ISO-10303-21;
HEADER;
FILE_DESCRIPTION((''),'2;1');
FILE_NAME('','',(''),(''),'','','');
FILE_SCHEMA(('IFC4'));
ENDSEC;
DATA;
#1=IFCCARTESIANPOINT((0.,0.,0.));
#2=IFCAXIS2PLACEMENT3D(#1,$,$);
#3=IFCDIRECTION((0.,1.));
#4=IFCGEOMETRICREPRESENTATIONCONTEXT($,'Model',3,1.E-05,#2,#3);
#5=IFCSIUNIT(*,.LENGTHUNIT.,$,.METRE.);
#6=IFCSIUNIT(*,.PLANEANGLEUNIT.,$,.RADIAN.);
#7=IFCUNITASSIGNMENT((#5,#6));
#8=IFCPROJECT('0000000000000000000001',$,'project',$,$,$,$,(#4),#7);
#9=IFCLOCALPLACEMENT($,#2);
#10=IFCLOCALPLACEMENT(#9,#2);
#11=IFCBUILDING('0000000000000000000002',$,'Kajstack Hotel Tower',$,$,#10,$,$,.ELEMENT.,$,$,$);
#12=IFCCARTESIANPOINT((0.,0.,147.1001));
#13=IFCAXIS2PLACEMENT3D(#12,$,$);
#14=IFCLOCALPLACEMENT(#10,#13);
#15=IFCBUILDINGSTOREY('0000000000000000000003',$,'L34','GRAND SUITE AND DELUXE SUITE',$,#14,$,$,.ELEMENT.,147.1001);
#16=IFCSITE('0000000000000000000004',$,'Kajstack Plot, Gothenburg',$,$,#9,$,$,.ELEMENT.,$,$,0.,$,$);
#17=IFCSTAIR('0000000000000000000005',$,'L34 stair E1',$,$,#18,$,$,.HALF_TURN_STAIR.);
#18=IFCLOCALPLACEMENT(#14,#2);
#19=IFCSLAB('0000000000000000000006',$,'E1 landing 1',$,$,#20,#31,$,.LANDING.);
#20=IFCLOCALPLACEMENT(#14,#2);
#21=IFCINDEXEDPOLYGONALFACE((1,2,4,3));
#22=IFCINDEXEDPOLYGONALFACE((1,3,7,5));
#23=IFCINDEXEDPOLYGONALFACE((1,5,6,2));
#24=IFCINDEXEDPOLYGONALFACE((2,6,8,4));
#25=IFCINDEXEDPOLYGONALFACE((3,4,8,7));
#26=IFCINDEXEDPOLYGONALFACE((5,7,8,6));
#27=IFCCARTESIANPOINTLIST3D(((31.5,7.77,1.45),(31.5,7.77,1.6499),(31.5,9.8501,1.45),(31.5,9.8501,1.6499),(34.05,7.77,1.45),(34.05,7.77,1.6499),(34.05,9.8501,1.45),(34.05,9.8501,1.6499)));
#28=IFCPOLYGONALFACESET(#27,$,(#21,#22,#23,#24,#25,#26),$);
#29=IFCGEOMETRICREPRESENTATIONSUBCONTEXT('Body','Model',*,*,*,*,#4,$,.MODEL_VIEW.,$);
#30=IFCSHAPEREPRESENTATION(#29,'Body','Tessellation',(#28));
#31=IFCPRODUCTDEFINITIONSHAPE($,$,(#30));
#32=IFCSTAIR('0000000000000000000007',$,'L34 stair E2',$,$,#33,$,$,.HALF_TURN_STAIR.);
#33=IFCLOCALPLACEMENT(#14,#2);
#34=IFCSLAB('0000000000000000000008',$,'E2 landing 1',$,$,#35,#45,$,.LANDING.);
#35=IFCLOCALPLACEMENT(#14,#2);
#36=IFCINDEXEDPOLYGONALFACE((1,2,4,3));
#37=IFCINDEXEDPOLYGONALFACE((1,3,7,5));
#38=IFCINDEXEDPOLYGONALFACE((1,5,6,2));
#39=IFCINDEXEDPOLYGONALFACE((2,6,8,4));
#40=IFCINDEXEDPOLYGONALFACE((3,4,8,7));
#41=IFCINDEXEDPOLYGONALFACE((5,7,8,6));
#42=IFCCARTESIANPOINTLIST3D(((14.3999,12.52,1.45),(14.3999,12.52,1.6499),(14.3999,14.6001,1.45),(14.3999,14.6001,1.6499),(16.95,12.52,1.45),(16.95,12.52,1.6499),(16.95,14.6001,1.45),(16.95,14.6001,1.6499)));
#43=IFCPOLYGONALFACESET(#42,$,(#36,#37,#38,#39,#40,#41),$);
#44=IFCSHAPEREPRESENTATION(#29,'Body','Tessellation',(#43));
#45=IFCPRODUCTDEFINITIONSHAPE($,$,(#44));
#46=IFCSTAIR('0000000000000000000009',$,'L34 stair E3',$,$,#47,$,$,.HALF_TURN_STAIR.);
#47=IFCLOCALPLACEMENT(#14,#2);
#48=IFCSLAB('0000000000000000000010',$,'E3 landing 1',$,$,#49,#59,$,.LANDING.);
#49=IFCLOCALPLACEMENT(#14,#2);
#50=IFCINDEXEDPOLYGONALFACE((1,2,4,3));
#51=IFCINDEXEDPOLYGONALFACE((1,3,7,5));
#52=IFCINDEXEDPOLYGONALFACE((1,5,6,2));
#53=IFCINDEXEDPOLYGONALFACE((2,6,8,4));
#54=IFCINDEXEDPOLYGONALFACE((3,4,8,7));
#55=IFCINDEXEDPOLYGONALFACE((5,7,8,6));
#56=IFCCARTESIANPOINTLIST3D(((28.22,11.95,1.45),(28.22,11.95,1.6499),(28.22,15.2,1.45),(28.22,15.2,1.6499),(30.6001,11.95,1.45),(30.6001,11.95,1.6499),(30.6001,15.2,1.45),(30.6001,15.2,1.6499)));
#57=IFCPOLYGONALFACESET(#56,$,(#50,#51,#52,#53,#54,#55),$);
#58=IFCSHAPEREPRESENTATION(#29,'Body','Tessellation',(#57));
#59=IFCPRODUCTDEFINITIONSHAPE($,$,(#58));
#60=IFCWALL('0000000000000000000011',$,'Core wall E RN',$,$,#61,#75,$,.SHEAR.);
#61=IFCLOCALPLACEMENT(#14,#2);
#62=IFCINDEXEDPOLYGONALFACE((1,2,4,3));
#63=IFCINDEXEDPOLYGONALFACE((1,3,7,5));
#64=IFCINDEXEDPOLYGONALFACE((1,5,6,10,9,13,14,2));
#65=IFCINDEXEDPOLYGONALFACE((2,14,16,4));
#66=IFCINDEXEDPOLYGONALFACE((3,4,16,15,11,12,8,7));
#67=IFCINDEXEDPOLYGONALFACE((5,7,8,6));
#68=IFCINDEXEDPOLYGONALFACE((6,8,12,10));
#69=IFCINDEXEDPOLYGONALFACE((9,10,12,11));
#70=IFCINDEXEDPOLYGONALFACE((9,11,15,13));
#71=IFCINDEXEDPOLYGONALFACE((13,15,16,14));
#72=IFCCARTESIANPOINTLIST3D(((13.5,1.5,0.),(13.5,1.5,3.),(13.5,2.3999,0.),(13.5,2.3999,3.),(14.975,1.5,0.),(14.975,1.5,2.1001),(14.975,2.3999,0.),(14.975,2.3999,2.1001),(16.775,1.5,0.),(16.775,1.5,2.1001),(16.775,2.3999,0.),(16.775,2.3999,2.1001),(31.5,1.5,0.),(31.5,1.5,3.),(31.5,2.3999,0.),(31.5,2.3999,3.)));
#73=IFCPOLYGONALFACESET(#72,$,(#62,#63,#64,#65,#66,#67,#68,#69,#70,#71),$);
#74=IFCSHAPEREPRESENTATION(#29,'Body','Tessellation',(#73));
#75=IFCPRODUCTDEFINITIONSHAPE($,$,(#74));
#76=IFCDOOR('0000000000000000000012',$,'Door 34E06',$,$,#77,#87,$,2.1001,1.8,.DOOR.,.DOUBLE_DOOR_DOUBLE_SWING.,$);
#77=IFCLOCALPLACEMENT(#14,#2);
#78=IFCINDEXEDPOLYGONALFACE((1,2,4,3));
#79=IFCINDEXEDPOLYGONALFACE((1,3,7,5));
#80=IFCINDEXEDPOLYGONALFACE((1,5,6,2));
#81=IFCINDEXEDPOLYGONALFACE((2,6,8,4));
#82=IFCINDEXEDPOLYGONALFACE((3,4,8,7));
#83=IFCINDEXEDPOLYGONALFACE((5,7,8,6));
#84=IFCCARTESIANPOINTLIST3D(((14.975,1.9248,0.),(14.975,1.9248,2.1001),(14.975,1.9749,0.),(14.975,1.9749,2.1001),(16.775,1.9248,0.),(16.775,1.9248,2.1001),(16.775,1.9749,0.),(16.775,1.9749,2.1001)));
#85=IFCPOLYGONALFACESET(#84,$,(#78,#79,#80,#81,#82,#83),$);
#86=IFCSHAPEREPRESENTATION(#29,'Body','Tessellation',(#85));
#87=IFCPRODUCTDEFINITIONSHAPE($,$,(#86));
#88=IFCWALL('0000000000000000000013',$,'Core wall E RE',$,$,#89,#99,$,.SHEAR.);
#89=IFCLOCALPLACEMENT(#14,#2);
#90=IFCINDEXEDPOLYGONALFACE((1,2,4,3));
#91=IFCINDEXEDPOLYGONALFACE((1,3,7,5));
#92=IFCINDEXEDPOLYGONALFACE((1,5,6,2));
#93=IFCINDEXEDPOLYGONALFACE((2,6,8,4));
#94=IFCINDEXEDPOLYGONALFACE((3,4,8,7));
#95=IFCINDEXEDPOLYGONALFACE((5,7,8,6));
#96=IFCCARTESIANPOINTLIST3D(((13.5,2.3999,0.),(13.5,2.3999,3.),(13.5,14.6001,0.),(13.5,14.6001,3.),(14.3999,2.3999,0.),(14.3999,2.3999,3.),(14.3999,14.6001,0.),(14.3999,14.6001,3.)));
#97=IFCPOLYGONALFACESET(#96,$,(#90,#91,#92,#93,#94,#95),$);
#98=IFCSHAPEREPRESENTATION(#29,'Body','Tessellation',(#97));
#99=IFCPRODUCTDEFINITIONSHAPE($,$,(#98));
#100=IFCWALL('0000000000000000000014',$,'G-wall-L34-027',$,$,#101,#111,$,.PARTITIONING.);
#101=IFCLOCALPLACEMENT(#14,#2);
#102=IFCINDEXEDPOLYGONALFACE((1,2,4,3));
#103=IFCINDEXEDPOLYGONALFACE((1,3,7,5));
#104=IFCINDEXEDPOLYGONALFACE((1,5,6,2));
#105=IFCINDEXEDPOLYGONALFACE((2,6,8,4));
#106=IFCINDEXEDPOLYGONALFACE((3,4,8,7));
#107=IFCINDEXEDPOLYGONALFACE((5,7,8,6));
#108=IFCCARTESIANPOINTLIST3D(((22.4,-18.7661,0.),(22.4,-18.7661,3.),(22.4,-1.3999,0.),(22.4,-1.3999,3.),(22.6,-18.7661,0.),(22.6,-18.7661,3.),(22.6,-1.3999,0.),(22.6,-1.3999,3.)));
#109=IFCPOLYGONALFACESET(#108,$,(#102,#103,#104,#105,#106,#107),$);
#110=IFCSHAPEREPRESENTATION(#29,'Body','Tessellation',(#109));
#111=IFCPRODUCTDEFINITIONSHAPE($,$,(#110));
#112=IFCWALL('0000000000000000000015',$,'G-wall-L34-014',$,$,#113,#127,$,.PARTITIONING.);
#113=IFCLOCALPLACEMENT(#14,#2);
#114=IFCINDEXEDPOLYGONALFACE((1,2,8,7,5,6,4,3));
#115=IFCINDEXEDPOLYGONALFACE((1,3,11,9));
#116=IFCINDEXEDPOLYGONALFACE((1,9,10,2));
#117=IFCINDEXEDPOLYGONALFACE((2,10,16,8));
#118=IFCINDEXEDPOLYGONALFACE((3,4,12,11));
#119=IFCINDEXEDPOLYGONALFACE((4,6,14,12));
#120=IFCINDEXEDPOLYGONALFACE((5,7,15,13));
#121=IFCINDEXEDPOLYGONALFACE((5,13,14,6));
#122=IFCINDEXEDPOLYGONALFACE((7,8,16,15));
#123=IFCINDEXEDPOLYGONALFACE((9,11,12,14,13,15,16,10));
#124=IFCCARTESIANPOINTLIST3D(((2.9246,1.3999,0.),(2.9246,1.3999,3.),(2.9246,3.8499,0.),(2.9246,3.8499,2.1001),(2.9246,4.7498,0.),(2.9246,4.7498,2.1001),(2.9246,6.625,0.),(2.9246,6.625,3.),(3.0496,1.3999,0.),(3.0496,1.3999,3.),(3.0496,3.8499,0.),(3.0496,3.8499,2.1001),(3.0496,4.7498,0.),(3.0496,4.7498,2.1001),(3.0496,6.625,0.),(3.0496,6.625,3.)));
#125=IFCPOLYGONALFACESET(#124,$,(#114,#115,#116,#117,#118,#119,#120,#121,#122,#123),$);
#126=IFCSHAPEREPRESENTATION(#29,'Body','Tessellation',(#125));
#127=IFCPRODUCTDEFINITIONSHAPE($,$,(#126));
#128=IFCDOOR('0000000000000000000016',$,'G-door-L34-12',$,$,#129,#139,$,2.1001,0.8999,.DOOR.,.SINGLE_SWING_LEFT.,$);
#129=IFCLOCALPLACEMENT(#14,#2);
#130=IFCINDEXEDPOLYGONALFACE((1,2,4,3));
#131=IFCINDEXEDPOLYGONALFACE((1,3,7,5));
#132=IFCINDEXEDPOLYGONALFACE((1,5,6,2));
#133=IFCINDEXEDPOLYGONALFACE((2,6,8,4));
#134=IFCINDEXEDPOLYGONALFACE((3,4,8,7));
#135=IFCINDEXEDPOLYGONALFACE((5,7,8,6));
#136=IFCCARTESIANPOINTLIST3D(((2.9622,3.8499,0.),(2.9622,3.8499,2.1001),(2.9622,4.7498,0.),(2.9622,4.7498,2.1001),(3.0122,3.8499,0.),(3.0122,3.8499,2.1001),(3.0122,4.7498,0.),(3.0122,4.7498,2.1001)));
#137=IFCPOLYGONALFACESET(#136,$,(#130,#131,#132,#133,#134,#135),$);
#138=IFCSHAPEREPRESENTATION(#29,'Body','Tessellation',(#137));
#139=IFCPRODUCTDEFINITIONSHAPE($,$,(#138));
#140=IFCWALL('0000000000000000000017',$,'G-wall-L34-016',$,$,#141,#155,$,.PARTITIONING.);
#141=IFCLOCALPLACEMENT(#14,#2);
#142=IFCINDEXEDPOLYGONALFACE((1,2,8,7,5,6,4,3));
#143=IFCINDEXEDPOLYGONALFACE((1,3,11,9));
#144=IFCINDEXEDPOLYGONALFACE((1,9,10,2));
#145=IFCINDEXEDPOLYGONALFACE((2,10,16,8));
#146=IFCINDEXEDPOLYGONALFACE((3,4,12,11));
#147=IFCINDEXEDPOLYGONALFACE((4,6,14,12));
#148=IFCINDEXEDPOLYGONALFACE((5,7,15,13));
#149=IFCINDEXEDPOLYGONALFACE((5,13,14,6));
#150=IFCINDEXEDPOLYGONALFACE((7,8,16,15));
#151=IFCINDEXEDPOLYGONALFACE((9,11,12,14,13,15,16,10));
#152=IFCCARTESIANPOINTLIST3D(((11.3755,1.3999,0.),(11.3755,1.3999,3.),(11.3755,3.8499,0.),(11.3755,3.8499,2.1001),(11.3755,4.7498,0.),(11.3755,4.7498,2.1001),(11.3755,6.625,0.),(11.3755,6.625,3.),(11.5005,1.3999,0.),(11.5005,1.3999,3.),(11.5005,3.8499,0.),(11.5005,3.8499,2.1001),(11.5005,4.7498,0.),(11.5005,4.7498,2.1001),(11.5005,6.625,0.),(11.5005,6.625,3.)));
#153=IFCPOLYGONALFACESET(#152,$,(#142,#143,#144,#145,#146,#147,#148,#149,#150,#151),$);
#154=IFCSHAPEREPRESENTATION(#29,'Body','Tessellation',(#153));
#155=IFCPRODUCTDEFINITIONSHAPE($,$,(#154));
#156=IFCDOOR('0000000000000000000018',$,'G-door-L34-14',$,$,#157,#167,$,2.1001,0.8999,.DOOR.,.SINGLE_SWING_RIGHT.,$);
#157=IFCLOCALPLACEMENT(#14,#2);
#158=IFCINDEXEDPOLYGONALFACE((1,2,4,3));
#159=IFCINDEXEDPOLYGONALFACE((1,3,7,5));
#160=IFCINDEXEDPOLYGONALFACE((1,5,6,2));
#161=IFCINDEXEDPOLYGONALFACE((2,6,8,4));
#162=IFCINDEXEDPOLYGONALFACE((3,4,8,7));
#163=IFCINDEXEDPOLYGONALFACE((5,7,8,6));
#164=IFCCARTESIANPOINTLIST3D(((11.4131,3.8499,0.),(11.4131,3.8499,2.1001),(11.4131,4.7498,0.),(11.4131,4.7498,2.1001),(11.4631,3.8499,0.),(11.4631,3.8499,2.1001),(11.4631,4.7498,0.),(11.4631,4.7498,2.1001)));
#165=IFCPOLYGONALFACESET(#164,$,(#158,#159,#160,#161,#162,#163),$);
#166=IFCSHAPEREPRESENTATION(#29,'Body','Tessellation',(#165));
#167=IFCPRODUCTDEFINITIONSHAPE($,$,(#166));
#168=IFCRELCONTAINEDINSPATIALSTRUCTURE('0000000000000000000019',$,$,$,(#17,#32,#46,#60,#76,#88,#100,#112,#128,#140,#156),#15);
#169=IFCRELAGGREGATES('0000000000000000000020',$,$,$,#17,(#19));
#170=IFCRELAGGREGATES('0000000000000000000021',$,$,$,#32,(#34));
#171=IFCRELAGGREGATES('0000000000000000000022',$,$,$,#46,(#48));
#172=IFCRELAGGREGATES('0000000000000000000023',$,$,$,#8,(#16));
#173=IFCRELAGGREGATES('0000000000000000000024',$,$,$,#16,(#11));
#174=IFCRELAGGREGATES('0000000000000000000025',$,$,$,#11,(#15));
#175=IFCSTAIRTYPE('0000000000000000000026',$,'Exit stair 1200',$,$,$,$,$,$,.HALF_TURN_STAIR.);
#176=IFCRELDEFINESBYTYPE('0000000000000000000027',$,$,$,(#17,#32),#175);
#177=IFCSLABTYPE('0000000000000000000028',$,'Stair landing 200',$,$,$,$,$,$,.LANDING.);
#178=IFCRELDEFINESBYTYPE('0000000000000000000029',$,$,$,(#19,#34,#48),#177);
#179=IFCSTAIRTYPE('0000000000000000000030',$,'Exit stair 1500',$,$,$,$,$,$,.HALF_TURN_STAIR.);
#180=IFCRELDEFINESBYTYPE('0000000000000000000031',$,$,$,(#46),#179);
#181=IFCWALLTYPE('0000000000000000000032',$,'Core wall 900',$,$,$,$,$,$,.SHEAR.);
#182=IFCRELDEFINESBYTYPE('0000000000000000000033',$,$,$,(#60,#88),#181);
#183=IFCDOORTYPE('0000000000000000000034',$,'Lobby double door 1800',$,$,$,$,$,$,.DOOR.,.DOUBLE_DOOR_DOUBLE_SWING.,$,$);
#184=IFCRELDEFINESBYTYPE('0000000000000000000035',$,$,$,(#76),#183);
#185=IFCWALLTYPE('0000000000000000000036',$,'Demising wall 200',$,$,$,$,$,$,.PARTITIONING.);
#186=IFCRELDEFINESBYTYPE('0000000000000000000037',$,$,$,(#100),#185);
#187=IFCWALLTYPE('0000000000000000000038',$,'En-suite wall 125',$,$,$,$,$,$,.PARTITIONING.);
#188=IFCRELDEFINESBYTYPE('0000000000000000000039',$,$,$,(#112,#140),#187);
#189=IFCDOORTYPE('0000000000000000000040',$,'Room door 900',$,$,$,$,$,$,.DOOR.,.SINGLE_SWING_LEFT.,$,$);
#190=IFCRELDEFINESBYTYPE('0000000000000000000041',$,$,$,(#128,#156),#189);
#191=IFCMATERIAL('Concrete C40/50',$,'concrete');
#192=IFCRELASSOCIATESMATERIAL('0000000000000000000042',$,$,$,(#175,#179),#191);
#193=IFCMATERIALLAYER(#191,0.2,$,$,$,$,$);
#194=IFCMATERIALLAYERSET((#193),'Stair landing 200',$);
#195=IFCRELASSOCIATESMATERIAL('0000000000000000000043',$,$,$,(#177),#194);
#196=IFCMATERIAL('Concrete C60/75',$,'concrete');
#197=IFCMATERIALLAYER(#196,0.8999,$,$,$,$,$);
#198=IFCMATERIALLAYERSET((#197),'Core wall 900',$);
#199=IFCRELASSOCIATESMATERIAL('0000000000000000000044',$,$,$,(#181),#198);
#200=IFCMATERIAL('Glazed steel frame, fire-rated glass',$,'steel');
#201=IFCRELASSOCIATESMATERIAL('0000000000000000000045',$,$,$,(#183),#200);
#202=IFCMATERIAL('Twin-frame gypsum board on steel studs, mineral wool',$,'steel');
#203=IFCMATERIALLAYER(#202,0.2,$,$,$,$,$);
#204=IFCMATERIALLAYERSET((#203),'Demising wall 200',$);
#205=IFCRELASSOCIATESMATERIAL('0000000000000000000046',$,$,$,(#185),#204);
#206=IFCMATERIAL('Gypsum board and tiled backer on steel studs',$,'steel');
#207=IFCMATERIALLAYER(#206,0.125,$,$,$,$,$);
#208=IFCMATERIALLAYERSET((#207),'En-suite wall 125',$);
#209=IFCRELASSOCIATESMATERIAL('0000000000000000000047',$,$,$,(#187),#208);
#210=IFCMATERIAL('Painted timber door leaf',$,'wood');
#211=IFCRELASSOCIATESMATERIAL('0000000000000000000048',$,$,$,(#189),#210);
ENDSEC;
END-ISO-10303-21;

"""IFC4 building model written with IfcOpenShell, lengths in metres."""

from ifc_helpers import new_model, si_unit, direction, frame, frame_2d, origin, place, context, subcontext, project, spatial, polyline, rectangle, outline, extrude, material, layer, layer_set, type_object, element, fill, aggregate, save


model = new_model("IFC4")

# Units and contexts
model_context = context("Model", 3, precision=1e-05, world=origin(), true_north=direction((0.0, 1.0)))
body_context = subcontext(model_context, "Body", "Model", "MODEL_VIEW")
ifc_project = project(units=[si_unit("LENGTHUNIT", "METRE"), si_unit("PLANEANGLEUNIT", "RADIAN")], contexts=[model_context])

# Site, building, storey
site_placement = place(None, origin())
site = spatial("IfcSite", under=ifc_project, at=site_placement, Name="Kajstack Plot, Gothenburg", CompositionType="ELEMENT", RefElevation=0.0)
building_placement = place(site_placement, origin())
building = spatial("IfcBuilding", under=site, at=building_placement, Name="Kajstack Hotel Tower", CompositionType="ELEMENT")
storey_placement = place(building_placement, frame((0.0, 0.0, 147.1001)))
storey = spatial("IfcBuildingStorey", under=building, at=storey_placement, Name="L34", Description="GRAND SUITE AND DELUXE SUITE", CompositionType="ELEMENT", Elevation=147.1001)

# Stairs, slabs
ifc_material_1 = material(Name="Concrete C40/50", Category="concrete")
stair_type_1 = type_object("IfcStairType", Name="Exit stair 1200", PredefinedType="HALF_TURN_STAIR", material=ifc_material_1)
stair_1_placement = place(storey_placement, origin())
stair_1 = element("IfcStair", 1, at=stair_1_placement, inside=storey, type_object=stair_type_1, Name="L34 stair E1", PredefinedType="HALF_TURN_STAIR")
ifc_layer_1 = layer(ifc_material_1, 0.2)
ifc_layer_set_1 = layer_set([ifc_layer_1], Name="Stair landing 200")
slab_type = type_object("IfcSlabType", Name="Stair landing 200", PredefinedType="LANDING", material=ifc_layer_set_1)
slab_1_placement = place(storey_placement, frame((0.0, 0.0, 1.45)))
slab_1 = element("IfcSlab", 2, at=slab_1_placement, type_object=slab_type, Name="E1 landing 1", PredefinedType="LANDING", context=body_context, shape_type="SweptSolid", body=[
    extrude(outline(polyline([(34.05, 7.77), (34.05, 9.8501), (31.5, 9.8501), (31.5, 7.77), (34.05, 7.77)])), origin(), (0.0, 0.0, 1.0), 0.2),
])
aggregate(stair_1, [slab_1])
stair_2_placement = place(storey_placement, origin())
stair_2 = element("IfcStair", 3, at=stair_2_placement, inside=storey, type_object=stair_type_1, Name="L34 stair E2", PredefinedType="HALF_TURN_STAIR")
slab_2_placement = place(storey_placement, frame((0.0, 0.0, 1.45)))
slab_2 = element("IfcSlab", 4, at=slab_2_placement, type_object=slab_type, Name="E2 landing 1", PredefinedType="LANDING", context=body_context, shape_type="SweptSolid", body=[
    extrude(outline(polyline([(16.95, 12.52), (16.95, 14.6001), (14.3999, 14.6001), (14.3999, 12.52), (16.95, 12.52)])), origin(), (0.0, 0.0, 1.0), 0.2),
])
aggregate(stair_2, [slab_2])
stair_type_2 = type_object("IfcStairType", Name="Exit stair 1500", PredefinedType="HALF_TURN_STAIR", material=ifc_material_1)
stair_3_placement = place(storey_placement, origin())
stair_3 = element("IfcStair", 5, at=stair_3_placement, inside=storey, type_object=stair_type_2, Name="L34 stair E3", PredefinedType="HALF_TURN_STAIR")
slab_3_placement = place(storey_placement, frame((0.0, 0.0, 1.45)))
slab_3 = element("IfcSlab", 6, at=slab_3_placement, type_object=slab_type, Name="E3 landing 1", PredefinedType="LANDING", context=body_context, shape_type="SweptSolid", body=[
    extrude(outline(polyline([(28.22, 11.95), (30.6001, 11.95), (30.6001, 15.2), (28.22, 15.2), (28.22, 11.95)])), origin(), (0.0, 0.0, 1.0), 0.2),
])
aggregate(stair_3, [slab_3])

# Wall, opening, door
ifc_material_2 = material(Name="Concrete C60/75", Category="concrete")
ifc_layer_2 = layer(ifc_material_2, 0.8999)
ifc_layer_set_2 = layer_set([ifc_layer_2], Name="Core wall 900")
wall_type_1 = type_object("IfcWallType", Name="Core wall 900", PredefinedType="SHEAR", material=ifc_layer_set_2)
wall_1_placement = place(storey_placement, frame((13.5, 1.95, 0.0), z_axis=(0.0, 0.0, 1.0), x_axis=(1.0, 0.0, 0.0)))
wall_1 = element("IfcWall", 7, at=wall_1_placement, inside=storey, type_object=wall_type_1, Name="Core wall E RN", PredefinedType="SHEAR", context=body_context, shape_type="SweptSolid", body=[
    extrude(rectangle(XDim=18.0, YDim=0.8999, at=frame_2d((9.0, 0.0))), origin(), (0.0, 0.0, 1.0), 3.0),
])
opening_1_placement = place(wall_1_placement, frame((1.4751, 0.0, 0.0)))
opening_1 = element("IfcOpeningElement", 8, at=opening_1_placement, cuts=wall_1, PredefinedType="OPENING", context=body_context, shape_type="SweptSolid", body=[
    extrude(rectangle(XDim=1.8, YDim=2.1001, at=frame_2d((0.8999, 1.05))), frame((0.0, 0.46, 0.0), z_axis=(0.0, -1.0, 0.0), x_axis=(1.0, 0.0, 0.0)), (0.0, 0.0, 1.0), 0.9199),
])
ifc_material_3 = material(Name="Glazed steel frame, fire-rated glass", Category="steel")
door_type_1 = type_object("IfcDoorType", Name="Lobby double door 1800", OperationType="DOUBLE_DOOR_DOUBLE_SWING", PredefinedType="DOOR", material=ifc_material_3)
door_1_placement = place(opening_1_placement, origin())
door_1 = element("IfcDoor", 9, at=door_1_placement, inside=storey, type_object=door_type_1, Name="Door 34E06", OperationType="DOUBLE_DOOR_DOUBLE_SWING", OverallHeight=2.1001, OverallWidth=1.8, PredefinedType="DOOR", context=body_context, shape_type="SweptSolid", body=[
    extrude(rectangle(XDim=1.8, YDim=2.1001, at=frame_2d((0.8999, 1.05))), frame((0.0, 0.0249, 0.0), z_axis=(0.0, -1.0, 0.0), x_axis=(1.0, 0.0, 0.0)), (0.0, 0.0, 1.0), 0.05),
])
fill(opening_1, door_1)

# Walls
wall_2_placement = place(storey_placement, frame((13.95, 2.3999, 0.0), z_axis=(0.0, 0.0, 1.0), x_axis=(0.0, 1.0, 0.0)))
element("IfcWall", 10, at=wall_2_placement, inside=storey, type_object=wall_type_1, Name="Core wall E RE", PredefinedType="SHEAR", context=body_context, shape_type="SweptSolid", body=[
    extrude(rectangle(XDim=12.2002, YDim=0.8999, at=frame_2d((6.1001, 0.0))), origin(), (0.0, 0.0, 1.0), 3.0),
])
ifc_material_4 = material(Name="Twin-frame gypsum board on steel studs, mineral wool", Category="steel")
ifc_layer_3 = layer(ifc_material_4, 0.2)
ifc_layer_set_3 = layer_set([ifc_layer_3], Name="Demising wall 200")
wall_type_2 = type_object("IfcWallType", Name="Demising wall 200", PredefinedType="PARTITIONING", material=ifc_layer_set_3)
wall_3_placement = place(storey_placement, frame((22.5, -18.7661, 0.0), z_axis=(0.0, 0.0, 1.0), x_axis=(0.0, 1.0, 0.0)))
element("IfcWall", 11, at=wall_3_placement, inside=storey, type_object=wall_type_2, Name="G-wall-L34-027", PredefinedType="PARTITIONING", context=body_context, shape_type="SweptSolid", body=[
    extrude(rectangle(XDim=17.3662, YDim=0.2, at=frame_2d((8.6831, 0.0))), origin(), (0.0, 0.0, 1.0), 3.0),
])

# Walls, openings, doors
ifc_material_5 = material(Name="Gypsum board and tiled backer on steel studs", Category="steel")
ifc_layer_4 = layer(ifc_material_5, 0.125)
ifc_layer_set_4 = layer_set([ifc_layer_4], Name="En-suite wall 125")
wall_type_3 = type_object("IfcWallType", Name="En-suite wall 125", PredefinedType="PARTITIONING", material=ifc_layer_set_4)
wall_4_placement = place(storey_placement, frame((2.9871, 1.3999, 0.0), z_axis=(0.0, 0.0, 1.0), x_axis=(0.0, 1.0, 0.0)))
wall_4 = element("IfcWall", 12, at=wall_4_placement, inside=storey, type_object=wall_type_3, Name="G-wall-L34-014", PredefinedType="PARTITIONING", context=body_context, shape_type="SweptSolid", body=[
    extrude(rectangle(XDim=5.2251, YDim=0.125, at=frame_2d((2.6125, 0.0))), origin(), (0.0, 0.0, 1.0), 3.0),
])
opening_2_placement = place(wall_4_placement, frame((2.45, 0.0, 0.0)))
opening_2 = element("IfcOpeningElement", 13, at=opening_2_placement, cuts=wall_4, PredefinedType="OPENING", context=body_context, shape_type="SweptSolid", body=[
    extrude(rectangle(XDim=0.8999, YDim=2.1001, at=frame_2d((0.45, 1.05))), frame((0.0, 0.0725, 0.0), z_axis=(0.0, -1.0, 0.0), x_axis=(1.0, 0.0, 0.0)), (0.0, 0.0, 1.0), 0.145),
])
ifc_material_6 = material(Name="Painted timber door leaf", Category="wood")
door_type_2 = type_object("IfcDoorType", Name="Room door 900", OperationType="SINGLE_SWING_LEFT", PredefinedType="DOOR", material=ifc_material_6)
door_2_placement = place(opening_2_placement, origin())
door_2 = element("IfcDoor", 14, at=door_2_placement, inside=storey, type_object=door_type_2, Name="G-door-L34-12", OperationType="SINGLE_SWING_LEFT", OverallHeight=2.1001, OverallWidth=0.8999, PredefinedType="DOOR", context=body_context, shape_type="SweptSolid", body=[
    extrude(rectangle(XDim=0.8999, YDim=2.1001, at=frame_2d((0.45, 1.05))), frame((0.0, 0.0249, 0.0), z_axis=(0.0, -1.0, 0.0), x_axis=(1.0, 0.0, 0.0)), (0.0, 0.0, 1.0), 0.05),
])
fill(opening_2, door_2)
wall_5_placement = place(storey_placement, frame((11.438, 1.3999, 0.0), z_axis=(0.0, 0.0, 1.0), x_axis=(0.0, 1.0, 0.0)))
wall_5 = element("IfcWall", 15, at=wall_5_placement, inside=storey, type_object=wall_type_3, Name="G-wall-L34-016", PredefinedType="PARTITIONING", context=body_context, shape_type="SweptSolid", body=[
    extrude(rectangle(XDim=5.2251, YDim=0.125, at=frame_2d((2.6125, 0.0))), origin(), (0.0, 0.0, 1.0), 3.0),
])
opening_3_placement = place(wall_5_placement, frame((2.45, 0.0, 0.0)))
opening_3 = element("IfcOpeningElement", 16, at=opening_3_placement, cuts=wall_5, PredefinedType="OPENING", context=body_context, shape_type="SweptSolid", body=[
    extrude(rectangle(XDim=0.8999, YDim=2.1001, at=frame_2d((0.45, 1.05))), frame((0.0, 0.0725, 0.0), z_axis=(0.0, -1.0, 0.0), x_axis=(1.0, 0.0, 0.0)), (0.0, 0.0, 1.0), 0.145),
])
door_3_placement = place(opening_3_placement, origin())
door_3 = element("IfcDoor", 17, at=door_3_placement, inside=storey, type_object=door_type_2, Name="G-door-L34-14", OperationType="SINGLE_SWING_RIGHT", OverallHeight=2.1001, OverallWidth=0.8999, PredefinedType="DOOR", context=body_context, shape_type="SweptSolid", body=[
    extrude(rectangle(XDim=0.8999, YDim=2.1001, at=frame_2d((0.45, 1.05))), frame((0.0, 0.0249, 0.0), z_axis=(0.0, -1.0, 0.0), x_axis=(1.0, 0.0, 0.0)), (0.0, 0.0, 1.0), 0.05),
])
fill(opening_3, door_3)

save(model, "model.ifc")
